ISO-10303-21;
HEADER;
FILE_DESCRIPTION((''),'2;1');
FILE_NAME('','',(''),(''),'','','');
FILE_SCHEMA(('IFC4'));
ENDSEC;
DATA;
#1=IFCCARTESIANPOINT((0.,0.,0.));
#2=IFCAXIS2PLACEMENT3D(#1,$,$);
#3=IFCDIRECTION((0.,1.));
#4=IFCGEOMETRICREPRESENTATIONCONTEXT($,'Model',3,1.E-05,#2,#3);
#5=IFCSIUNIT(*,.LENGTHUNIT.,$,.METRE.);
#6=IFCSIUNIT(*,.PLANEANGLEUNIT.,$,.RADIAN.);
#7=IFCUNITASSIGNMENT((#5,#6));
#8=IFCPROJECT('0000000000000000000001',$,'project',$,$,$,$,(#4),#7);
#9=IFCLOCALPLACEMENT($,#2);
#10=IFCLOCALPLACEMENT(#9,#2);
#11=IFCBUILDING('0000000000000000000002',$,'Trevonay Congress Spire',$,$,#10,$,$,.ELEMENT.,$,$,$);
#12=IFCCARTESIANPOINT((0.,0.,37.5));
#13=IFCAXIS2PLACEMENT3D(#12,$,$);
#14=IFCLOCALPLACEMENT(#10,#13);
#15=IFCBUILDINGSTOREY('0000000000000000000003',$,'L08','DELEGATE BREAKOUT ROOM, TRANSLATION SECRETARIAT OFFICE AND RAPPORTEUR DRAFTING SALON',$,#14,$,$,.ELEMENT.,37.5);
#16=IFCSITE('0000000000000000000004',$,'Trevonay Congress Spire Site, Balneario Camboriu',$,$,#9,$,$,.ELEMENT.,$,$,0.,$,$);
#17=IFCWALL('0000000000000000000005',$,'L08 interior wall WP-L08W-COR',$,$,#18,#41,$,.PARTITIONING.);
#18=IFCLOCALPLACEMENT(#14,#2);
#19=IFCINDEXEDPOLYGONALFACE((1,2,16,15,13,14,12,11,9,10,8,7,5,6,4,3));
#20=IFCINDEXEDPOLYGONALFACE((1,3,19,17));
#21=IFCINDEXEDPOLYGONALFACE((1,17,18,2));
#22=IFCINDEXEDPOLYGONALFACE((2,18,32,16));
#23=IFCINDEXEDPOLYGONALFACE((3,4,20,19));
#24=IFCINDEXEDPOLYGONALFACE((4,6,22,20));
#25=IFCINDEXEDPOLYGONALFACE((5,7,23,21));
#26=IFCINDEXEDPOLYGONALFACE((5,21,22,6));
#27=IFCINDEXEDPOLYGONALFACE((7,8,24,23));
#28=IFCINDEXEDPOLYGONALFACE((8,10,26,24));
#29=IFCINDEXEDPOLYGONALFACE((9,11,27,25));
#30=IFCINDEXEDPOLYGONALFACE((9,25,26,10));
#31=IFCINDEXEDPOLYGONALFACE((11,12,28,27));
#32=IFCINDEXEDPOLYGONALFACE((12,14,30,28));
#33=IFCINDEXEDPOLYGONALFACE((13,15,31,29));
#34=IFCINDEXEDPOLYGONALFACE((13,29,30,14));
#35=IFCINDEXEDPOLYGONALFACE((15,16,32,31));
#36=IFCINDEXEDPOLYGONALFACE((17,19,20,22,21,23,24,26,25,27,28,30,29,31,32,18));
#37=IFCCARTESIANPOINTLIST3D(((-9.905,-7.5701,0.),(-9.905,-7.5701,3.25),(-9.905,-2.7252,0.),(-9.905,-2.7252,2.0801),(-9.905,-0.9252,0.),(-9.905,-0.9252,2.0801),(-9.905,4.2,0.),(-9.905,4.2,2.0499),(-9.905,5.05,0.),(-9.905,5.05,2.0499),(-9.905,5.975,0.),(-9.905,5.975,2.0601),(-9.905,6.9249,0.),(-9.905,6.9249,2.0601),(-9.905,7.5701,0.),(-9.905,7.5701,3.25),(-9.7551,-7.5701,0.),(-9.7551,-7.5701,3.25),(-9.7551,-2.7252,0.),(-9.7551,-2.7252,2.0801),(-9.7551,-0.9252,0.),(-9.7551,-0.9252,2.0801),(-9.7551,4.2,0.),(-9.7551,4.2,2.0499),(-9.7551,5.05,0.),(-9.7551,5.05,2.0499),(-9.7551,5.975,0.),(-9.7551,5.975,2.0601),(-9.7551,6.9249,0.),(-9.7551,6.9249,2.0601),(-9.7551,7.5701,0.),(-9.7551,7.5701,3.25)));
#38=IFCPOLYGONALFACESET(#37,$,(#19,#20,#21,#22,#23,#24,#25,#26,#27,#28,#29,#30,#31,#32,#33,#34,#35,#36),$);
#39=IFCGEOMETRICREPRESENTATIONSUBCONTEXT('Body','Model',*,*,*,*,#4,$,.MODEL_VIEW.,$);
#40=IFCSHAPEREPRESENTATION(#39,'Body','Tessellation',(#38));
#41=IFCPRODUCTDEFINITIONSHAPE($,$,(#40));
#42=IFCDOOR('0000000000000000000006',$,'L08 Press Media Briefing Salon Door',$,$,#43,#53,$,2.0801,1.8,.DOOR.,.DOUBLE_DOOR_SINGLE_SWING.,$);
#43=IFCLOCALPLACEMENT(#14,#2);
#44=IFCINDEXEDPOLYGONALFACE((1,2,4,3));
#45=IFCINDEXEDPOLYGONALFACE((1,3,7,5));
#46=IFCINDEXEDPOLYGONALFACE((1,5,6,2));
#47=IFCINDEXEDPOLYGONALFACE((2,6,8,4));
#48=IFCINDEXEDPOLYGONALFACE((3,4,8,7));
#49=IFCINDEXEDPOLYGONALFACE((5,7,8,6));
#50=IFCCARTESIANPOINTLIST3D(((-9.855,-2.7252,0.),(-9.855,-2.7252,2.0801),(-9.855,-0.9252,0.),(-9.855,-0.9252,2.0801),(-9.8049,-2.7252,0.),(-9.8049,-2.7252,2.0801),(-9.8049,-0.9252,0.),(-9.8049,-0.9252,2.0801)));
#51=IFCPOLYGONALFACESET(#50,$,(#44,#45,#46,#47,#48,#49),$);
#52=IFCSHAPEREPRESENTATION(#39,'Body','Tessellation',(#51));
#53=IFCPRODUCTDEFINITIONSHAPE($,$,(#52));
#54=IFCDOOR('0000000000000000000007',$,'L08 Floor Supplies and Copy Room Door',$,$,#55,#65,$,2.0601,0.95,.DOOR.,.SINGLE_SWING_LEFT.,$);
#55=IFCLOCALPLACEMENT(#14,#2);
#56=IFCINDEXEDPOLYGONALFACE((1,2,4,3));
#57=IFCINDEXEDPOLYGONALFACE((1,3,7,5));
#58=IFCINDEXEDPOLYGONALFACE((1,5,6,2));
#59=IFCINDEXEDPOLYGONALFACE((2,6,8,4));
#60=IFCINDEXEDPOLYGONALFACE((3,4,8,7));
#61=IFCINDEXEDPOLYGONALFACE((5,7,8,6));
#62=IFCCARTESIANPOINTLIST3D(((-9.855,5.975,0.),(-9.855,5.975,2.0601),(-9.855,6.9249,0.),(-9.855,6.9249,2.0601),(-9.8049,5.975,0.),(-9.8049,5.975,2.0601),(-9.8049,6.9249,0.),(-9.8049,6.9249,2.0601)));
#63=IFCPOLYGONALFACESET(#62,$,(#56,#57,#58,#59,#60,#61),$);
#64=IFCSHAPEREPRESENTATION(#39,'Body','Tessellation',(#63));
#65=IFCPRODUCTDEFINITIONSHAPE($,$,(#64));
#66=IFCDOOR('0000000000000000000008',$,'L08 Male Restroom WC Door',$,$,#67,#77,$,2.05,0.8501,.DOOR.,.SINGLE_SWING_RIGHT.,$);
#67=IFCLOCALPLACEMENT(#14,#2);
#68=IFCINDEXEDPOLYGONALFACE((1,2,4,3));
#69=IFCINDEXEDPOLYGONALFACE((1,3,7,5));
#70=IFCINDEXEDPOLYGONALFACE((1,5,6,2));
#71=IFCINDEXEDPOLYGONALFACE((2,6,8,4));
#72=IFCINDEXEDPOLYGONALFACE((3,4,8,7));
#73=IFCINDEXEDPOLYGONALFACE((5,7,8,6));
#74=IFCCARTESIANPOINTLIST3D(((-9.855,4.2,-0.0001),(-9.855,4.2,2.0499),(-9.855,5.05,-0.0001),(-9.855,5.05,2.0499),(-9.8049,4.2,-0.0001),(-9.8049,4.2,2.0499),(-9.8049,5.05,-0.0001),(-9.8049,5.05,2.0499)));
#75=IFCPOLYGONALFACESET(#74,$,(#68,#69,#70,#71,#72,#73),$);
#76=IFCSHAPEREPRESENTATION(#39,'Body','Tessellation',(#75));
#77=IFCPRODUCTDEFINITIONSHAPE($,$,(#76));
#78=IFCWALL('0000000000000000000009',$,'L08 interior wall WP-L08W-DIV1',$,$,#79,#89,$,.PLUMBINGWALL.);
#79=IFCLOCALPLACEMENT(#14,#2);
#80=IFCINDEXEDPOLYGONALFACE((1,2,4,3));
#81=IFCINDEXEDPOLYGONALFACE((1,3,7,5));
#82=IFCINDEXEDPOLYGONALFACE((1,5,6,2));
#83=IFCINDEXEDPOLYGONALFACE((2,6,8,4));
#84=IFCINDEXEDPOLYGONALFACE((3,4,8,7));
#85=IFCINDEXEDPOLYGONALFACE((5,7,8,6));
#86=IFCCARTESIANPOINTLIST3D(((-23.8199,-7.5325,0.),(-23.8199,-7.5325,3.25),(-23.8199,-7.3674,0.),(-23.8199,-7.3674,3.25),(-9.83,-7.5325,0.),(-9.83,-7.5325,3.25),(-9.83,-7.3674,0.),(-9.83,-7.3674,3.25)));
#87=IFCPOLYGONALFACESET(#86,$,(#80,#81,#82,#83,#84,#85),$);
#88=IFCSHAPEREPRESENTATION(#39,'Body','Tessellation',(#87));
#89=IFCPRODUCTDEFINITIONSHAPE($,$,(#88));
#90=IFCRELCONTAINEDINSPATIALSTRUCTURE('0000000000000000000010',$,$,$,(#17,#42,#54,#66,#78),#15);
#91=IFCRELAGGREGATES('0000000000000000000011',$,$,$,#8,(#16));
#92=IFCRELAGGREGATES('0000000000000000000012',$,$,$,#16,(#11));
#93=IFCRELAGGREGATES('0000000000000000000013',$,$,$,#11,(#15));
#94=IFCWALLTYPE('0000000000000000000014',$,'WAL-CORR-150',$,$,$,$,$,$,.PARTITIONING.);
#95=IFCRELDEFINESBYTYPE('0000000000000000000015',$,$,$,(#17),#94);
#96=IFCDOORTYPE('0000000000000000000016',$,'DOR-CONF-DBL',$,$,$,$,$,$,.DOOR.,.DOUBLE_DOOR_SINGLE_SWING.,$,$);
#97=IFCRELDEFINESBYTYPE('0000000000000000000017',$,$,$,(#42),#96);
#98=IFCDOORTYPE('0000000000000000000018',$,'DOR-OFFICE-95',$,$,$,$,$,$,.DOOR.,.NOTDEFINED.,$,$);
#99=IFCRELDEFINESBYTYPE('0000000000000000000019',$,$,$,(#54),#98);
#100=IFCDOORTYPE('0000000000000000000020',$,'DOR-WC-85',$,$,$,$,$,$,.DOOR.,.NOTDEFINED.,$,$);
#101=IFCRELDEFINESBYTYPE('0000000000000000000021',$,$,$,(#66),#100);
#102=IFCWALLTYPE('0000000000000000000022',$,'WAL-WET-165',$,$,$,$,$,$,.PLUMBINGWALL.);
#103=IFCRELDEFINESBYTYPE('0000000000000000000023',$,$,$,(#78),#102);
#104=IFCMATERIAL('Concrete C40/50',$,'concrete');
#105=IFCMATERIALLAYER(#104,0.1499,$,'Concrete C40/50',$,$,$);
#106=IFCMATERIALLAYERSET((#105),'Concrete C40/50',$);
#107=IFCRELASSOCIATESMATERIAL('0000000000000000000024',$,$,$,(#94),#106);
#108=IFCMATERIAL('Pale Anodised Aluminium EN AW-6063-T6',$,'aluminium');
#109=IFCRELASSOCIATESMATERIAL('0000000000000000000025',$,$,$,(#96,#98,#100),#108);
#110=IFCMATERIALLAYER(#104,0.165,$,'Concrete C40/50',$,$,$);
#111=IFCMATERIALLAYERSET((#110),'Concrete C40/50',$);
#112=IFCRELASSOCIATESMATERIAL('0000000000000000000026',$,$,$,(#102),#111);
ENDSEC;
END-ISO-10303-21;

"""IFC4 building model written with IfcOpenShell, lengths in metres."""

from ifc_helpers import new_model, si_unit, direction, frame, frame_2d, origin, place, context, subcontext, project, spatial, rectangle, extrude, material, layer, layer_set, type_object, element, fill, save


model = new_model("IFC4")

# Units and contexts
model_context = context("Model", 3, precision=1e-05, world=origin(), true_north=direction((0.0, 1.0)))
body_context = subcontext(model_context, "Body", "Model", "MODEL_VIEW")
ifc_project = project(units=[si_unit("LENGTHUNIT", "METRE"), si_unit("PLANEANGLEUNIT", "RADIAN")], contexts=[model_context])

# Site, building, storey
site_placement = place(None, origin())
site = spatial("IfcSite", under=ifc_project, at=site_placement, Name="Trevonay Congress Spire Site, Balneario Camboriu", CompositionType="ELEMENT", RefElevation=0.0)
building_placement = place(site_placement, origin())
building = spatial("IfcBuilding", under=site, at=building_placement, Name="Trevonay Congress Spire", CompositionType="ELEMENT")
storey_placement = place(building_placement, frame((0.0, 0.0, 37.5)))
storey = spatial("IfcBuildingStorey", under=building, at=storey_placement, Name="L08", Description="DELEGATE BREAKOUT ROOM, TRANSLATION SECRETARIAT OFFICE AND RAPPORTEUR DRAFTING SALON", CompositionType="ELEMENT", Elevation=37.5)

# Shared definitions
ifc_material_1 = material(Name="Pale Anodised Aluminium EN AW-6063-T6", Category="aluminium")

# Wall, openings, doors
ifc_material_2 = material(Name="Concrete C40/50", Category="concrete")
ifc_layer_1 = layer(ifc_material_2, 0.1499, Name="Concrete C40/50")
ifc_layer_set_1 = layer_set([ifc_layer_1], Name="Concrete C40/50")
wall_type_1 = type_object("IfcWallType", Name="WAL-CORR-150", PredefinedType="PARTITIONING", material=ifc_layer_set_1)
door_type_1 = type_object("IfcDoorType", Name="DOR-CONF-DBL", OperationType="DOUBLE_DOOR_SINGLE_SWING", PredefinedType="DOOR", material=ifc_material_1)
door_type_2 = type_object("IfcDoorType", Name="DOR-OFFICE-95", OperationType="NOTDEFINED", PredefinedType="DOOR", material=ifc_material_1)
door_type_3 = type_object("IfcDoorType", Name="DOR-WC-85", OperationType="NOTDEFINED", PredefinedType="DOOR", material=ifc_material_1)
wall_1_placement = place(storey_placement, frame((-9.8301, -7.5701, 0.0), z_axis=(0.0, 0.0, 1.0), x_axis=(0.0, 1.0, 0.0)))
wall_1 = element("IfcWall", 1, at=wall_1_placement, inside=storey, type_object=wall_type_1, Name="L08 interior wall WP-L08W-COR", PredefinedType="PARTITIONING", context=body_context, shape_type="SweptSolid", body=[
    extrude(rectangle(XDim=15.1401, YDim=0.1499, at=frame_2d((7.5701, 0.0))), origin(), (0.0, 0.0, 1.0), 3.25),
])
opening_1_placement = place(wall_1_placement, frame((4.845, 0.0, 0.0)))
opening_1 = element("IfcOpeningElement", 2, at=opening_1_placement, cuts=wall_1, PredefinedType="OPENING", context=body_context, shape_type="SweptSolid", body=[
    extrude(rectangle(XDim=1.8, YDim=2.0801, at=frame_2d((0.8999, 1.04))), frame((0.0, 0.085, 0.0), z_axis=(0.0, -1.0, 0.0), x_axis=(1.0, 0.0, 0.0)), (0.0, 0.0, 1.0), 0.1699),
])
opening_2_placement = place(wall_1_placement, frame((11.77, 0.0, 0.0)))
opening_2 = element("IfcOpeningElement", 3, at=opening_2_placement, cuts=wall_1, PredefinedType="OPENING", context=body_context, shape_type="SweptSolid", body=[
    extrude(rectangle(XDim=0.8501, YDim=2.05, at=frame_2d((0.425, 1.0249))), frame((0.0, 0.085, 0.0), z_axis=(0.0, -1.0, 0.0), x_axis=(1.0, 0.0, 0.0)), (0.0, 0.0, 1.0), 0.1699),
])
opening_3_placement = place(wall_1_placement, frame((13.5449, 0.0, 0.0)))
opening_3 = element("IfcOpeningElement", 4, at=opening_3_placement, cuts=wall_1, PredefinedType="OPENING", context=body_context, shape_type="SweptSolid", body=[
    extrude(rectangle(XDim=0.95, YDim=2.0601, at=frame_2d((0.4751, 1.03))), frame((0.0, 0.085, 0.0), z_axis=(0.0, -1.0, 0.0), x_axis=(1.0, 0.0, 0.0)), (0.0, 0.0, 1.0), 0.1699),
])
door_1_placement = place(opening_1_placement, origin())
door_1 = element("IfcDoor", 5, at=door_1_placement, inside=storey, type_object=door_type_1, Name="L08 Press Media Briefing Salon Door", OperationType="DOUBLE_DOOR_SINGLE_SWING", OverallHeight=2.0801, OverallWidth=1.8, PredefinedType="DOOR", context=body_context, shape_type="SweptSolid", body=[
    extrude(rectangle(XDim=1.8, YDim=2.0801, at=frame_2d((0.8999, 1.04))), frame((0.0, 0.0249, 0.0), z_axis=(0.0, -1.0, 0.0), x_axis=(1.0, 0.0, 0.0)), (0.0, 0.0, 1.0), 0.05),
])
fill(opening_1, door_1)
door_2_placement = place(opening_3_placement, origin())
door_2 = element("IfcDoor", 6, at=door_2_placement, inside=storey, type_object=door_type_2, Name="L08 Floor Supplies and Copy Room Door", OperationType="SINGLE_SWING_LEFT", OverallHeight=2.0601, OverallWidth=0.95, PredefinedType="DOOR", context=body_context, shape_type="SweptSolid", body=[
    extrude(rectangle(XDim=0.95, YDim=2.0601, at=frame_2d((0.4751, 1.03))), frame((0.0, 0.0249, 0.0), z_axis=(0.0, -1.0, 0.0), x_axis=(1.0, 0.0, 0.0)), (0.0, 0.0, 1.0), 0.05),
])
fill(opening_3, door_2)
door_3_placement = place(opening_2_placement, origin())
door_3 = element("IfcDoor", 7, at=door_3_placement, inside=storey, type_object=door_type_3, Name="L08 Male Restroom WC Door", OperationType="SINGLE_SWING_RIGHT", OverallHeight=2.05, OverallWidth=0.8501, PredefinedType="DOOR", context=body_context, shape_type="SweptSolid", body=[
    extrude(rectangle(XDim=0.8501, YDim=2.05, at=frame_2d((0.425, 1.0249))), frame((0.0, 0.0249, 0.0), z_axis=(0.0, -1.0, 0.0), x_axis=(1.0, 0.0, 0.0)), (0.0, 0.0, 1.0), 0.05),
])
fill(opening_2, door_3)

# Wall
ifc_layer_2 = layer(ifc_material_2, 0.165, Name="Concrete C40/50")
ifc_layer_set_2 = layer_set([ifc_layer_2], Name="Concrete C40/50")
wall_type_2 = type_object("IfcWallType", Name="WAL-WET-165", PredefinedType="PLUMBINGWALL", material=ifc_layer_set_2)
wall_2_placement = place(storey_placement, frame((-23.8201, -7.45, 0.0), z_axis=(0.0, 0.0, 1.0), x_axis=(1.0, 0.0, 0.0)))
element("IfcWall", 8, at=wall_2_placement, inside=storey, type_object=wall_type_2, Name="L08 interior wall WP-L08W-DIV1", PredefinedType="PLUMBINGWALL", context=body_context, shape_type="SweptSolid", body=[
    extrude(rectangle(XDim=13.99, YDim=0.165, at=frame_2d((6.9951, 0.0))), origin(), (0.0, 0.0, 1.0), 3.25),
])

save(model, "model.ifc")
